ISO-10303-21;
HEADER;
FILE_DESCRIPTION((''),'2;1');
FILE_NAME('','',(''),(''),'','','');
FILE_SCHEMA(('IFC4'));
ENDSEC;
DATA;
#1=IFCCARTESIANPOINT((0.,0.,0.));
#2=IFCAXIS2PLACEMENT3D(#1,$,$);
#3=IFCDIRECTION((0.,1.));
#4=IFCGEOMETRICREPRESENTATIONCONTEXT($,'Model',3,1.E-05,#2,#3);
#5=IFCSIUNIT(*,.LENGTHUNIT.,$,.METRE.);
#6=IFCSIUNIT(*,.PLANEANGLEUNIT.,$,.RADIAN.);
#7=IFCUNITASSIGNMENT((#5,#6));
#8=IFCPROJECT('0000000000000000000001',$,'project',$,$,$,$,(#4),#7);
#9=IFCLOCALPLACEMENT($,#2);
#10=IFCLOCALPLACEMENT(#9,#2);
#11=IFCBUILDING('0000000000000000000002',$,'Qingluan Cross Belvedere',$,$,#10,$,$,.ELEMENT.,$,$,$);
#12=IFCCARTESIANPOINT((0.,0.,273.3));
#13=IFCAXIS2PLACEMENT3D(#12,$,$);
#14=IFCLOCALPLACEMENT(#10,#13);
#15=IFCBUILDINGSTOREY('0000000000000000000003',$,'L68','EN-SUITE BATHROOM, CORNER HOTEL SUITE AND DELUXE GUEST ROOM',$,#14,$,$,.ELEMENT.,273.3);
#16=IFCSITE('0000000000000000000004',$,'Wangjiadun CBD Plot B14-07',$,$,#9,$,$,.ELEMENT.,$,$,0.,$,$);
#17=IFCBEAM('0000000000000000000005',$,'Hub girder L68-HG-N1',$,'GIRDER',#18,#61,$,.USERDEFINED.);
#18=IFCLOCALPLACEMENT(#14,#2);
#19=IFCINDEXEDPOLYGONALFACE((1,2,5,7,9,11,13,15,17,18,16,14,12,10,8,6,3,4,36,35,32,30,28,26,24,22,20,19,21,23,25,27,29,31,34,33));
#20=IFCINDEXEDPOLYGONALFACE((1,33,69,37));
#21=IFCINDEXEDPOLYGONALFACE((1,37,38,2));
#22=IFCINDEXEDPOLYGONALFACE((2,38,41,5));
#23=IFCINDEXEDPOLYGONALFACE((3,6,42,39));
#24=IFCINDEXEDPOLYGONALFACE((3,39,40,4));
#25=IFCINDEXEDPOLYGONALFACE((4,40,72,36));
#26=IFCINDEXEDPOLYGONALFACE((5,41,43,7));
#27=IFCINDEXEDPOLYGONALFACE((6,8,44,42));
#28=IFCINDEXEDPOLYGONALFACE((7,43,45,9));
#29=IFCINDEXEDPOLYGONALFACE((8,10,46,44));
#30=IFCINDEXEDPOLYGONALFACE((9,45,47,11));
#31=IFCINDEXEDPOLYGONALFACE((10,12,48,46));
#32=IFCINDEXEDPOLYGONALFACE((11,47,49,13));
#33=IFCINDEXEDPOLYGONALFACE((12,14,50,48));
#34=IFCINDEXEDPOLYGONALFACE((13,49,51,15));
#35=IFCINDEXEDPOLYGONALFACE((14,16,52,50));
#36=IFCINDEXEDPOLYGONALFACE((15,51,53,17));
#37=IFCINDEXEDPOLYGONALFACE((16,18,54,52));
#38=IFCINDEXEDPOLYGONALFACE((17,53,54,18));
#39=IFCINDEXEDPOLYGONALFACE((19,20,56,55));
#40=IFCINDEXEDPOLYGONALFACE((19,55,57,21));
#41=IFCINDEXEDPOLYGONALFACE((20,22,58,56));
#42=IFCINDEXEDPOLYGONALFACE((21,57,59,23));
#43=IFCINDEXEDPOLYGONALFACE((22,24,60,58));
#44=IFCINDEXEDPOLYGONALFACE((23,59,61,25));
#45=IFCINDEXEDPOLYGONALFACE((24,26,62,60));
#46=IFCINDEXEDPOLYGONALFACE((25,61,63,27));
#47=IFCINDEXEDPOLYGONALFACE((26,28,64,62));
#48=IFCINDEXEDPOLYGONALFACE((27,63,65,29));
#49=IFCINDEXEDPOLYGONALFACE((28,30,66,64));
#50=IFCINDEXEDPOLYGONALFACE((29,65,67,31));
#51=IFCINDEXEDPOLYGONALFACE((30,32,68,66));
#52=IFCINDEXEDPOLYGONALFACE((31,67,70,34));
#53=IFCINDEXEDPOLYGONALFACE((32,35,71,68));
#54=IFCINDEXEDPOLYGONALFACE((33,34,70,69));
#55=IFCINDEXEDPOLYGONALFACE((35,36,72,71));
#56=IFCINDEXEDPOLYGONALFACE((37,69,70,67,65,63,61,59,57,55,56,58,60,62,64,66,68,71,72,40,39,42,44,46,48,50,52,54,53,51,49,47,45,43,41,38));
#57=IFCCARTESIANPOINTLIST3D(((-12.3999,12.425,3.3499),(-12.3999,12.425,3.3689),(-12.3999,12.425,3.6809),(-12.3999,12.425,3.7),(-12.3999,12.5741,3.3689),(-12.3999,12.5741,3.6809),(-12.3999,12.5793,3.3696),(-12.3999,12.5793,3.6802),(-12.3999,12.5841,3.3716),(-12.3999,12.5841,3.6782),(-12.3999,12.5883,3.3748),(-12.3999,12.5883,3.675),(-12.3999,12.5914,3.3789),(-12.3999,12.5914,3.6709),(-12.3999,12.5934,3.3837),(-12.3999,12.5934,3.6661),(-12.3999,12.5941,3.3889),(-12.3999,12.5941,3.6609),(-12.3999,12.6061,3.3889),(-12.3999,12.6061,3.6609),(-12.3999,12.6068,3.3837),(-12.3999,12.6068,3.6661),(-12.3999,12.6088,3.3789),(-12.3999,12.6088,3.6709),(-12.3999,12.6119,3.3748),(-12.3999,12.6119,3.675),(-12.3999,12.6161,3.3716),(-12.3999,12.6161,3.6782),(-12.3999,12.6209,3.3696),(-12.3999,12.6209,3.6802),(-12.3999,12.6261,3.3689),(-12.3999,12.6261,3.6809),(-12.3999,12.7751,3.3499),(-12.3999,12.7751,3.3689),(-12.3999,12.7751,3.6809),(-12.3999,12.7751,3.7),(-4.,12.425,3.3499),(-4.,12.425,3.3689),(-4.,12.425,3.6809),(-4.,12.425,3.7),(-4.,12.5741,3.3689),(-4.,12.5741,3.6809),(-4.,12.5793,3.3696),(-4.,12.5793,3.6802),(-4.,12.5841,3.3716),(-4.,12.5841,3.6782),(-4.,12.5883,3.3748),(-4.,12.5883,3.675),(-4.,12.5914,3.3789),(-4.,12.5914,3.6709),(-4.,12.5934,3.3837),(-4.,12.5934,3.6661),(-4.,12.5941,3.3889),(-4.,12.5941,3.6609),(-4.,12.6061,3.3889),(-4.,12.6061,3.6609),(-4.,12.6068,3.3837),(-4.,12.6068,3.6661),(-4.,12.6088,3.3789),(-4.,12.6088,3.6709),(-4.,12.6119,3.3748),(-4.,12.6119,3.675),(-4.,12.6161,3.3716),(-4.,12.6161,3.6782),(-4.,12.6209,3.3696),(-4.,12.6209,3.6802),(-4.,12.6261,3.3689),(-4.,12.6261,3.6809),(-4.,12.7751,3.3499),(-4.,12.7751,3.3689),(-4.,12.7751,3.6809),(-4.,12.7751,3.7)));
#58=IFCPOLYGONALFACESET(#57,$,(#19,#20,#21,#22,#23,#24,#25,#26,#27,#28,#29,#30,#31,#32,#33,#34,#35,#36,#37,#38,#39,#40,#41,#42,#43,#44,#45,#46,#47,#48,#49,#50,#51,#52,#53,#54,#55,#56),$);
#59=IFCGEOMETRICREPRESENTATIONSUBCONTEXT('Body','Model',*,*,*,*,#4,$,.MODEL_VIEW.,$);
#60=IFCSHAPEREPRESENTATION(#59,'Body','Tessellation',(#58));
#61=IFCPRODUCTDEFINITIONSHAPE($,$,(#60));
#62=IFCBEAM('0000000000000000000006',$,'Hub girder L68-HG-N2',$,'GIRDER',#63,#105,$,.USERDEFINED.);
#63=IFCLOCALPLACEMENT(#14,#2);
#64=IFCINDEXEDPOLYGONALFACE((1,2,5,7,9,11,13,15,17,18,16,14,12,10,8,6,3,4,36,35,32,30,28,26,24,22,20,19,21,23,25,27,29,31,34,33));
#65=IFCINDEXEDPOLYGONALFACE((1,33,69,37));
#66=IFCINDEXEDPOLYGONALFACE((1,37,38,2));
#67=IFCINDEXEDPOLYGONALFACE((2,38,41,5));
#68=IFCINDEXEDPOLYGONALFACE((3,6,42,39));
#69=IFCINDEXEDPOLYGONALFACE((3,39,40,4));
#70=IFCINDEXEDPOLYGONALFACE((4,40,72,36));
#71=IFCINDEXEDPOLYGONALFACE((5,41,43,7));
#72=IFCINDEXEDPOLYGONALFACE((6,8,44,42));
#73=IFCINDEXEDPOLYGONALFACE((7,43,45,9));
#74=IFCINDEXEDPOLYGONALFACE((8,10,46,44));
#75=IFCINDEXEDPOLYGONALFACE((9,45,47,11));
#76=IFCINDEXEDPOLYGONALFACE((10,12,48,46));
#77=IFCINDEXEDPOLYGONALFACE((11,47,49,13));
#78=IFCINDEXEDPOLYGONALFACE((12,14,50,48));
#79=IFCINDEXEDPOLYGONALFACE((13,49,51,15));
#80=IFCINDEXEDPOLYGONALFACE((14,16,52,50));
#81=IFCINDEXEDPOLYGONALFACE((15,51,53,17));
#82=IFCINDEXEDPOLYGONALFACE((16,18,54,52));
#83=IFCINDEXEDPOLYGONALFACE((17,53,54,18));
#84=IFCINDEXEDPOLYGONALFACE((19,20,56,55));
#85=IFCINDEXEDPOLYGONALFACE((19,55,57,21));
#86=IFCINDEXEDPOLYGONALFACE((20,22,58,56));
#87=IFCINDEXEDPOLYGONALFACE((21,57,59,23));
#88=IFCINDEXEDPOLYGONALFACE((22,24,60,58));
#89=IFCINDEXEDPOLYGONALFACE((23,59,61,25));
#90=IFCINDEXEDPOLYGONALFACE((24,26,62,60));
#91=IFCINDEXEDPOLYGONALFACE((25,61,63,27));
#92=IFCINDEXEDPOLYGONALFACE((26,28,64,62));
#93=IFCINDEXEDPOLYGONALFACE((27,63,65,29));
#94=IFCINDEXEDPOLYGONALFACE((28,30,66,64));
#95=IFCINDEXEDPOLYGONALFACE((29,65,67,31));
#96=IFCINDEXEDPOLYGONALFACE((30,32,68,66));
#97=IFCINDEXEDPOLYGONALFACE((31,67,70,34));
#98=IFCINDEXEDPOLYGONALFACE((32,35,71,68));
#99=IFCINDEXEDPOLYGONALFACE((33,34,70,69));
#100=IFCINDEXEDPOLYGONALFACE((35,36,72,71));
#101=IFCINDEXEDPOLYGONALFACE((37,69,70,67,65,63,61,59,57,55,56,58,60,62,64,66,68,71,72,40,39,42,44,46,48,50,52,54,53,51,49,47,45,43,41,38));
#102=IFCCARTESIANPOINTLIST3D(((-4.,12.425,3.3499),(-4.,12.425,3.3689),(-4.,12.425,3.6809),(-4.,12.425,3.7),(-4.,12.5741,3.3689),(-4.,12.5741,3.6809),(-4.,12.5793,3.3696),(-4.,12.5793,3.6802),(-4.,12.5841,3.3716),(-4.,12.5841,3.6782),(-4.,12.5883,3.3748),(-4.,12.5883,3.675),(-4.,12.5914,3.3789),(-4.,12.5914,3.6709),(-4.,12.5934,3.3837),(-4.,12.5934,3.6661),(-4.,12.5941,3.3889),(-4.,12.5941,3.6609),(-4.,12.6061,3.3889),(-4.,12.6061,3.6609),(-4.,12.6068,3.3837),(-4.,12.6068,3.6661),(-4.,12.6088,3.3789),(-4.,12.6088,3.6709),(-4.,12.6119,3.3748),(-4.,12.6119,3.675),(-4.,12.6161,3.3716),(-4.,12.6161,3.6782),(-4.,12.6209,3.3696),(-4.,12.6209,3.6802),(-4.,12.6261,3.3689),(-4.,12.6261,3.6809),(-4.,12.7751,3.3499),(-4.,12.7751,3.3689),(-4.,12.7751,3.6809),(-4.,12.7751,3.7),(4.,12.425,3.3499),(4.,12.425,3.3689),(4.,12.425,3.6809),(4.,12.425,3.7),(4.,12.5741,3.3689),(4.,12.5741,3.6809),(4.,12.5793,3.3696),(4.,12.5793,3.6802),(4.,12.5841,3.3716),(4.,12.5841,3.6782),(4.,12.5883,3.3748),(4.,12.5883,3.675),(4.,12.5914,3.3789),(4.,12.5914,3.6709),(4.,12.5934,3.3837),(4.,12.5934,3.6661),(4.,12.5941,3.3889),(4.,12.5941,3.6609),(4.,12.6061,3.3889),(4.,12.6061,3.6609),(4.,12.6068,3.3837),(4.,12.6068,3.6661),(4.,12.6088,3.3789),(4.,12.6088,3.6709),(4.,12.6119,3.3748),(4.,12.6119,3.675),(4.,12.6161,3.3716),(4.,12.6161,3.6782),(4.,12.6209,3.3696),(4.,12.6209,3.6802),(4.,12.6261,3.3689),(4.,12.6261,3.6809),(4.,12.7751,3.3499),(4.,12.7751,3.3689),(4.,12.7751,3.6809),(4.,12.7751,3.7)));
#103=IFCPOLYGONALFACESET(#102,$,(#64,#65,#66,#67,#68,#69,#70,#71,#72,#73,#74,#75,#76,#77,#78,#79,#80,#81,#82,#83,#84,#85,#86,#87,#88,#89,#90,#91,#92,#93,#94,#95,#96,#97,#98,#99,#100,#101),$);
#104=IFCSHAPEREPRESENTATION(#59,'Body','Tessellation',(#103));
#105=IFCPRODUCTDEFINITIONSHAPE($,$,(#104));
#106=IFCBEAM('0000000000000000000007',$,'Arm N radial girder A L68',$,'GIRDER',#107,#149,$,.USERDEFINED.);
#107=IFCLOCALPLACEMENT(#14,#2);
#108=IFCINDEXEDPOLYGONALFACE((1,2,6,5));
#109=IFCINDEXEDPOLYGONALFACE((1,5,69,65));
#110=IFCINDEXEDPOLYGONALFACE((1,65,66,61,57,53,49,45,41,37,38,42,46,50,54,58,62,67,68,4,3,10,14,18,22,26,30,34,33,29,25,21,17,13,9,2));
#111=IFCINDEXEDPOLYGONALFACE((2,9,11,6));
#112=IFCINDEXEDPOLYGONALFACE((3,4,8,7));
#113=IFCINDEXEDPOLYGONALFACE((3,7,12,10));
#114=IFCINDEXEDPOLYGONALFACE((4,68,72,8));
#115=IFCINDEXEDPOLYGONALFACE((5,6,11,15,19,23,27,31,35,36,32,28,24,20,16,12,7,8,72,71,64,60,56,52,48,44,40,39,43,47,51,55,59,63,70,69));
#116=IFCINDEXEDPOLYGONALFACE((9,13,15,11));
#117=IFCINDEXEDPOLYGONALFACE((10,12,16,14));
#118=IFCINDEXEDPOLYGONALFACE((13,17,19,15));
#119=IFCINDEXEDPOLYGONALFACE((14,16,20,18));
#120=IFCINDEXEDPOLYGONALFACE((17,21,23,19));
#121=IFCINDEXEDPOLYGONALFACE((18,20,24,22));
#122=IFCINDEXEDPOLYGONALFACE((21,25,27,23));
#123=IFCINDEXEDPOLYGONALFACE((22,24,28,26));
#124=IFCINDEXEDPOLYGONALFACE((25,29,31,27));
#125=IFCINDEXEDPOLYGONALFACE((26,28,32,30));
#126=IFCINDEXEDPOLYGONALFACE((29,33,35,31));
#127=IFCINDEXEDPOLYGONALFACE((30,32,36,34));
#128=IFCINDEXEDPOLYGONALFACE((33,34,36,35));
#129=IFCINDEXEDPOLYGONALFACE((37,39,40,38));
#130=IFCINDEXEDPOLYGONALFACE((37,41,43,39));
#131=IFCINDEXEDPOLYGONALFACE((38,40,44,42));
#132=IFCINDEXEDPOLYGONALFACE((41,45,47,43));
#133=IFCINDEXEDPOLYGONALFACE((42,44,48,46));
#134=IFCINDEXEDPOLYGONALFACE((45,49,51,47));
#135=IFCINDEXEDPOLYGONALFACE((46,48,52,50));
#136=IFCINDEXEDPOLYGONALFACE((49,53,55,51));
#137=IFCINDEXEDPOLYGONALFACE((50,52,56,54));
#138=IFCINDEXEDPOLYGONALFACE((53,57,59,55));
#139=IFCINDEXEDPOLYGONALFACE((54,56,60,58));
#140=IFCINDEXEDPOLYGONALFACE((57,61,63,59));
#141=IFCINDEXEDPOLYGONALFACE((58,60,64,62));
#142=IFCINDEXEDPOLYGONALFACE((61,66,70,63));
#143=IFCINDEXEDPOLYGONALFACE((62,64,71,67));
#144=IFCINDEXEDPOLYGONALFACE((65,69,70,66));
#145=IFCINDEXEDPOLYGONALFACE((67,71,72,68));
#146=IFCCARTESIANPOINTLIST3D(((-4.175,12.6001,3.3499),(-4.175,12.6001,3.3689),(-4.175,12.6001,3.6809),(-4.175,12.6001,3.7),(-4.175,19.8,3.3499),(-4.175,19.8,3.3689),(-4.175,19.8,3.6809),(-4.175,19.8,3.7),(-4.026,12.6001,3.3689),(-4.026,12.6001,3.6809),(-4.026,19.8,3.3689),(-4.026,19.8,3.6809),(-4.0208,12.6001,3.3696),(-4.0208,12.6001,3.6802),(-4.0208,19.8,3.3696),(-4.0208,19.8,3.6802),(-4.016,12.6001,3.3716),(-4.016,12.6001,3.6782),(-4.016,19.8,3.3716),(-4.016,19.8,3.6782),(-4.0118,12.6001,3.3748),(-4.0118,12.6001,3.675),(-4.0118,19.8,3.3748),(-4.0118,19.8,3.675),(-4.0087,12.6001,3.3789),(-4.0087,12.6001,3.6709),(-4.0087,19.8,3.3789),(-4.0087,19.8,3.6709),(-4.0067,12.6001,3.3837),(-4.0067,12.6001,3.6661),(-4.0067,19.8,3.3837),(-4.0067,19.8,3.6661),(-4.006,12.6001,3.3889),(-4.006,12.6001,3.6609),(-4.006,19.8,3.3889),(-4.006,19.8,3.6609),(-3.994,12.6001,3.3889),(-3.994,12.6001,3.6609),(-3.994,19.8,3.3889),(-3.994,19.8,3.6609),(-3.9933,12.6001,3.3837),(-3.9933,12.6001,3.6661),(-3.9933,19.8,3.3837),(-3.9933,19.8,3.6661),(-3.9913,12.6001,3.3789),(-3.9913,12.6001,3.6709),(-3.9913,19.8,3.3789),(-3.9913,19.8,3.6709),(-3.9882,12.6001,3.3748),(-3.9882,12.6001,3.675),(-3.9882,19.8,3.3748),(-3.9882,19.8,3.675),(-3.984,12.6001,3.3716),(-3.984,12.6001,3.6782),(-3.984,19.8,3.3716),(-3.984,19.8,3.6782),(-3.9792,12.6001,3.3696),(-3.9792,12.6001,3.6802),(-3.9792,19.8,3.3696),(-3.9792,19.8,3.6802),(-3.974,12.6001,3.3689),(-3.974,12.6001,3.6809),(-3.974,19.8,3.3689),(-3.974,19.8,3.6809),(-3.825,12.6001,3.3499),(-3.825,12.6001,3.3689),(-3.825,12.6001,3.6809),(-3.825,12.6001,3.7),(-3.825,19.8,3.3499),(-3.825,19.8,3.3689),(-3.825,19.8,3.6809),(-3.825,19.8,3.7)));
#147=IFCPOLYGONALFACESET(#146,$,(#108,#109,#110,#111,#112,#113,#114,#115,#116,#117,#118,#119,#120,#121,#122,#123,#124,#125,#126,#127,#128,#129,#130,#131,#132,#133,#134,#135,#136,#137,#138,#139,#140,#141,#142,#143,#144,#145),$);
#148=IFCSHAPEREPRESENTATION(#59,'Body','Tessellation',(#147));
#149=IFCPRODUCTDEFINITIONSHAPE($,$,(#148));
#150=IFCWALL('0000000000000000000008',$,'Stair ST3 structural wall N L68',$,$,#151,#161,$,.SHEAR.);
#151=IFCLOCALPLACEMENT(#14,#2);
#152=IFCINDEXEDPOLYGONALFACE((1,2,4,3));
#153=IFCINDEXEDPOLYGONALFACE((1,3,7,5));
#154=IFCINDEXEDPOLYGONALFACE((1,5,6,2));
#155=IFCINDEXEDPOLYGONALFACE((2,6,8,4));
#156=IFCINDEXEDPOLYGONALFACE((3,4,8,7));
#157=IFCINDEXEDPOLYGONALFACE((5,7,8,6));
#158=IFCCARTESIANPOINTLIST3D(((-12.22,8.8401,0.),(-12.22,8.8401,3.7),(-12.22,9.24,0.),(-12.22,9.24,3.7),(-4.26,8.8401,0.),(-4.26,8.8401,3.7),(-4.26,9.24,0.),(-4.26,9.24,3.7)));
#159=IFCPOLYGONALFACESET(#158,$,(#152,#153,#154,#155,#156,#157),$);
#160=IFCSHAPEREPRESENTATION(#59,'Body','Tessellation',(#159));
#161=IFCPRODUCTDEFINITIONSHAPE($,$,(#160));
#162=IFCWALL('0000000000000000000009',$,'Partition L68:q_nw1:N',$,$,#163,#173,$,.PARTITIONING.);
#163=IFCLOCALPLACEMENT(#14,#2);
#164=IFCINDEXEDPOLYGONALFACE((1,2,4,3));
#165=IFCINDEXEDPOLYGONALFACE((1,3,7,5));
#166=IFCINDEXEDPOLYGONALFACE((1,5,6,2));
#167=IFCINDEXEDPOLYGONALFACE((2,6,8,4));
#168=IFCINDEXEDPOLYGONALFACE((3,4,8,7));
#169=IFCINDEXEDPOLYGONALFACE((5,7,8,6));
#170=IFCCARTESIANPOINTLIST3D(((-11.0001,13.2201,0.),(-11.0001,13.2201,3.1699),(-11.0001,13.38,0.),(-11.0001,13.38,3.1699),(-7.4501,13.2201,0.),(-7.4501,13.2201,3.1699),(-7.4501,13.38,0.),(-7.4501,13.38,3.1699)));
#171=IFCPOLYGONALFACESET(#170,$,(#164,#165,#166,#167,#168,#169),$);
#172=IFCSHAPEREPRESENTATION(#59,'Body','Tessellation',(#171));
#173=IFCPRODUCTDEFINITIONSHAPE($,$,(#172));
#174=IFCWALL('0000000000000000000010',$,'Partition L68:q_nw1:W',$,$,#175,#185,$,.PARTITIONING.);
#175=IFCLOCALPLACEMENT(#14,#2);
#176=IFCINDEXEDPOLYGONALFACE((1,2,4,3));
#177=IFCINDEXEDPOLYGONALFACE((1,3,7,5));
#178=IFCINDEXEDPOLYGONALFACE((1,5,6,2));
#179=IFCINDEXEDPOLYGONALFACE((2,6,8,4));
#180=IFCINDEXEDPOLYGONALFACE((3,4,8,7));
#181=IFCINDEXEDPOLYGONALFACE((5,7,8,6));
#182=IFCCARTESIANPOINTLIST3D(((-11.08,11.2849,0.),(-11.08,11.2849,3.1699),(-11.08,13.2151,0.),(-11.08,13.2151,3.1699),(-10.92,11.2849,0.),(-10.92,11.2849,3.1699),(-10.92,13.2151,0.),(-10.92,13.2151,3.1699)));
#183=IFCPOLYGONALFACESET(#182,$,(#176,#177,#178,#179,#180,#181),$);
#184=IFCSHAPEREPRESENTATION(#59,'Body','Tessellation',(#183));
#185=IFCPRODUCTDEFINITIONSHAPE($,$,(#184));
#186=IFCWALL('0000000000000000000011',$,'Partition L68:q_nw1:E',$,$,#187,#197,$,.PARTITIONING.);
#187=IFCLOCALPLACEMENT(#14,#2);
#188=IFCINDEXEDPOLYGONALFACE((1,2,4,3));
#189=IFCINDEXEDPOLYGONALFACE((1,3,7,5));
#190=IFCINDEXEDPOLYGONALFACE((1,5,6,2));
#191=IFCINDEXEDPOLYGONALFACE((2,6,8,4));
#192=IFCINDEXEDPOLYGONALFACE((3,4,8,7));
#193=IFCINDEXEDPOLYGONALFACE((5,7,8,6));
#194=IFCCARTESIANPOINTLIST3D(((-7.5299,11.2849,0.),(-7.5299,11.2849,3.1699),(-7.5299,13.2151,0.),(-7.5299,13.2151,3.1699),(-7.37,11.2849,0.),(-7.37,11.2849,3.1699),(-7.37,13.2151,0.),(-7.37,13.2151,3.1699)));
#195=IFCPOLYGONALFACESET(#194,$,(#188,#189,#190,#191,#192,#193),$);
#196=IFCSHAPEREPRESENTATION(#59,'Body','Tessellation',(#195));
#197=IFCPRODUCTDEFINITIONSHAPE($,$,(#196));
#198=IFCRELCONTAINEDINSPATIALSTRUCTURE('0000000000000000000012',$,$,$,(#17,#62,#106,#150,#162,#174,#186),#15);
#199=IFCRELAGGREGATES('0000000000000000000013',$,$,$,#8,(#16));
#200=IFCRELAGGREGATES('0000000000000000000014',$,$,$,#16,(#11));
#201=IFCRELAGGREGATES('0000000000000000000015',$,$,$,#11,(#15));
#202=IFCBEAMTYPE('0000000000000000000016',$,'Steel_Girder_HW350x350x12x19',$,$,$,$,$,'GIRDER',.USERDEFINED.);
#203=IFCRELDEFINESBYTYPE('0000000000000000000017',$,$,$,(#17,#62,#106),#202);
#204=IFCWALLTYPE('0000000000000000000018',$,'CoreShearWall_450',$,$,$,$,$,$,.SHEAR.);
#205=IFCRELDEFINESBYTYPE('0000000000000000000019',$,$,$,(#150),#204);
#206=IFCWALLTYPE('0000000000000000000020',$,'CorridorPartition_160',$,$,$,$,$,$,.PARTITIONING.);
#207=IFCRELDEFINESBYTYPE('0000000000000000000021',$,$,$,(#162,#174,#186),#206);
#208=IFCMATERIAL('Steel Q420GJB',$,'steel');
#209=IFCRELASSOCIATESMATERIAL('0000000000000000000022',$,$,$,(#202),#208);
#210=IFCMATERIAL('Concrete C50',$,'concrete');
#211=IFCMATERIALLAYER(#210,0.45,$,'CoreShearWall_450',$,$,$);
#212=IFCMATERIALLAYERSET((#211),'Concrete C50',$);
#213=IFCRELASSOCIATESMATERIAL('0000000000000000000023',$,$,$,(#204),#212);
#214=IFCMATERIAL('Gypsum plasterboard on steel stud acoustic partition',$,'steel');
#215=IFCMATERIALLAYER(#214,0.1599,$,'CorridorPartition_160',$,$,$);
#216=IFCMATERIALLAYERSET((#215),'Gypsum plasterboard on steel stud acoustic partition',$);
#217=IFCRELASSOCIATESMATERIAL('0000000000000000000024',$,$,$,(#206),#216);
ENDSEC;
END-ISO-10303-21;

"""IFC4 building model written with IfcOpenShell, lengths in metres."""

from ifc_helpers import new_model, si_unit, direction, frame, frame_2d, origin, origin_2d, place, context, subcontext, project, spatial, rectangle, i_section, extrude, material, layer, layer_set, material_profile, profile_set, type_object, element, save


model = new_model("IFC4")

# Units and contexts
model_context = context("Model", 3, precision=1e-05, world=origin(), true_north=direction((0.0, 1.0)))
body_context = subcontext(model_context, "Body", "Model", "MODEL_VIEW")
ifc_project = project(units=[si_unit("LENGTHUNIT", "METRE"), si_unit("PLANEANGLEUNIT", "RADIAN")], contexts=[model_context])

# Site, building, storey
site_placement = place(None, origin())
site = spatial("IfcSite", under=ifc_project, at=site_placement, Name="Wangjiadun CBD Plot B14-07", CompositionType="ELEMENT", RefElevation=0.0)
building_placement = place(site_placement, origin())
building = spatial("IfcBuilding", under=site, at=building_placement, Name="Qingluan Cross Belvedere", CompositionType="ELEMENT")
storey_placement = place(building_placement, frame((0.0, 0.0, 273.3)))
storey = spatial("IfcBuildingStorey", under=building, at=storey_placement, Name="L68", Description="EN-SUITE BATHROOM, CORNER HOTEL SUITE AND DELUXE GUEST ROOM", CompositionType="ELEMENT", Elevation=273.3)

# Beams
ifc_material_1 = material(Name="Steel Q420GJB", Category="steel")
ifc_material_profile_1 = material_profile(ifc_material_1, i_section(OverallWidth=0.3501, OverallDepth=0.3501, WebThickness=0.012, FlangeThickness=0.019, FilletRadius=0.02, at=origin_2d()), Name="HW350x350x12x19")
ifc_profile_set_1 = profile_set([ifc_material_profile_1], Name="Steel Q420GJB")
beam_type_1 = type_object("IfcBeamType", Name="Steel_Girder_HW350x350x12x19", ElementType="GIRDER", PredefinedType="USERDEFINED", material=ifc_profile_set_1)
beam_1_placement = place(storey_placement, frame((-12.3999, 12.6001, 3.5249), z_axis=(1.0, 0.0, 0.0), x_axis=(0.0, 1.0, 0.0)))
element("IfcBeam", 1, at=beam_1_placement, inside=storey, type_object=beam_type_1, Name="Hub girder L68-HG-N1", ObjectType="GIRDER", PredefinedType="USERDEFINED", context=body_context, shape_type="SweptSolid", body=[
    extrude(i_section(OverallWidth=0.3501, OverallDepth=0.3501, WebThickness=0.012, FlangeThickness=0.019, FilletRadius=0.02, at=origin_2d()), origin(), (0.0, 0.0, 1.0), 8.3999),
])
beam_2_placement = place(storey_placement, frame((-4.0, 12.6001, 3.5249), z_axis=(1.0, 0.0, 0.0), x_axis=(0.0, 1.0, 0.0)))
element("IfcBeam", 2, at=beam_2_placement, inside=storey, type_object=beam_type_1, Name="Hub girder L68-HG-N2", ObjectType="GIRDER", PredefinedType="USERDEFINED", context=body_context, shape_type="SweptSolid", body=[
    extrude(i_section(OverallWidth=0.3501, OverallDepth=0.3501, WebThickness=0.012, FlangeThickness=0.019, FilletRadius=0.02, at=origin_2d()), origin(), (0.0, 0.0, 1.0), 8.0),
])
beam_3_placement = place(storey_placement, frame((-4.0, 12.6001, 3.5249), z_axis=(0.0, 1.0, 0.0), x_axis=(-1.0, 0.0, 0.0)))
element("IfcBeam", 3, at=beam_3_placement, inside=storey, type_object=beam_type_1, Name="Arm N radial girder A L68", ObjectType="GIRDER", PredefinedType="USERDEFINED", context=body_context, shape_type="SweptSolid", body=[
    extrude(i_section(OverallWidth=0.3501, OverallDepth=0.3501, WebThickness=0.012, FlangeThickness=0.019, FilletRadius=0.02, at=origin_2d()), origin(), (0.0, 0.0, 1.0), 7.2),
])

# Wall
ifc_material_2 = material(Name="Concrete C50", Category="concrete")
ifc_layer_1 = layer(ifc_material_2, 0.45, Name="CoreShearWall_450")
ifc_layer_set_1 = layer_set([ifc_layer_1], Name="Concrete C50")
wall_type_1 = type_object("IfcWallType", Name="CoreShearWall_450", PredefinedType="SHEAR", material=ifc_layer_set_1)
wall_1_placement = place(storey_placement, frame((-12.22, 9.04, 0.0), z_axis=(0.0, 0.0, 1.0), x_axis=(1.0, 0.0, 0.0)))
element("IfcWall", 4, at=wall_1_placement, inside=storey, type_object=wall_type_1, Name="Stair ST3 structural wall N L68", PredefinedType="SHEAR", context=body_context, shape_type="SweptSolid", body=[
    extrude(rectangle(XDim=7.96, YDim=0.3999, at=frame_2d((3.98, 0.0))), origin(), (0.0, 0.0, 1.0), 3.7),
])

# Shared definitions
ifc_material_3 = material(Name="Gypsum plasterboard on steel stud acoustic partition", Category="steel")
ifc_layer_2 = layer(ifc_material_3, 0.1599, Name="CorridorPartition_160")
ifc_layer_set_2 = layer_set([ifc_layer_2], Name="Gypsum plasterboard on steel stud acoustic partition")
wall_type_2 = type_object("IfcWallType", Name="CorridorPartition_160", PredefinedType="PARTITIONING", material=ifc_layer_set_2)

# Walls
wall_2_placement = place(storey_placement, frame((-11.0, 13.3, 0.0), z_axis=(0.0, 0.0, 1.0), x_axis=(1.0, 0.0, 0.0)))
element("IfcWall", 5, at=wall_2_placement, inside=storey, type_object=wall_type_2, Name="Partition L68:q_nw1:N", PredefinedType="PARTITIONING", context=body_context, shape_type="SweptSolid", body=[
    extrude(rectangle(XDim=3.55, YDim=0.1599, at=frame_2d((1.7749, 0.0))), origin(), (0.0, 0.0, 1.0), 3.1699),
])
for number, where, z_axis, x_axis, name in (
    (6, (-11.0, 11.2849, 0.0), (0.0, 0.0, 1.0), (0.0, 1.0, 0.0), "Partition L68:q_nw1:W"),
    (7, (-7.45, 11.2849, 0.0), (0.0, 0.0, 1.0), (0.0, 1.0, 0.0), "Partition L68:q_nw1:E"),
):
    element("IfcWall", number, at=place(storey_placement, frame(where, z_axis=z_axis, x_axis=x_axis)), inside=storey, type_object=wall_type_2, Name=name, PredefinedType="PARTITIONING", context=body_context, shape_type="SweptSolid", body=[
        extrude(rectangle(XDim=1.9302, YDim=0.1599, at=frame_2d((0.9651, 0.0))), origin(), (0.0, 0.0, 1.0), 3.1699),
    ])

save(model, "model.ifc")
